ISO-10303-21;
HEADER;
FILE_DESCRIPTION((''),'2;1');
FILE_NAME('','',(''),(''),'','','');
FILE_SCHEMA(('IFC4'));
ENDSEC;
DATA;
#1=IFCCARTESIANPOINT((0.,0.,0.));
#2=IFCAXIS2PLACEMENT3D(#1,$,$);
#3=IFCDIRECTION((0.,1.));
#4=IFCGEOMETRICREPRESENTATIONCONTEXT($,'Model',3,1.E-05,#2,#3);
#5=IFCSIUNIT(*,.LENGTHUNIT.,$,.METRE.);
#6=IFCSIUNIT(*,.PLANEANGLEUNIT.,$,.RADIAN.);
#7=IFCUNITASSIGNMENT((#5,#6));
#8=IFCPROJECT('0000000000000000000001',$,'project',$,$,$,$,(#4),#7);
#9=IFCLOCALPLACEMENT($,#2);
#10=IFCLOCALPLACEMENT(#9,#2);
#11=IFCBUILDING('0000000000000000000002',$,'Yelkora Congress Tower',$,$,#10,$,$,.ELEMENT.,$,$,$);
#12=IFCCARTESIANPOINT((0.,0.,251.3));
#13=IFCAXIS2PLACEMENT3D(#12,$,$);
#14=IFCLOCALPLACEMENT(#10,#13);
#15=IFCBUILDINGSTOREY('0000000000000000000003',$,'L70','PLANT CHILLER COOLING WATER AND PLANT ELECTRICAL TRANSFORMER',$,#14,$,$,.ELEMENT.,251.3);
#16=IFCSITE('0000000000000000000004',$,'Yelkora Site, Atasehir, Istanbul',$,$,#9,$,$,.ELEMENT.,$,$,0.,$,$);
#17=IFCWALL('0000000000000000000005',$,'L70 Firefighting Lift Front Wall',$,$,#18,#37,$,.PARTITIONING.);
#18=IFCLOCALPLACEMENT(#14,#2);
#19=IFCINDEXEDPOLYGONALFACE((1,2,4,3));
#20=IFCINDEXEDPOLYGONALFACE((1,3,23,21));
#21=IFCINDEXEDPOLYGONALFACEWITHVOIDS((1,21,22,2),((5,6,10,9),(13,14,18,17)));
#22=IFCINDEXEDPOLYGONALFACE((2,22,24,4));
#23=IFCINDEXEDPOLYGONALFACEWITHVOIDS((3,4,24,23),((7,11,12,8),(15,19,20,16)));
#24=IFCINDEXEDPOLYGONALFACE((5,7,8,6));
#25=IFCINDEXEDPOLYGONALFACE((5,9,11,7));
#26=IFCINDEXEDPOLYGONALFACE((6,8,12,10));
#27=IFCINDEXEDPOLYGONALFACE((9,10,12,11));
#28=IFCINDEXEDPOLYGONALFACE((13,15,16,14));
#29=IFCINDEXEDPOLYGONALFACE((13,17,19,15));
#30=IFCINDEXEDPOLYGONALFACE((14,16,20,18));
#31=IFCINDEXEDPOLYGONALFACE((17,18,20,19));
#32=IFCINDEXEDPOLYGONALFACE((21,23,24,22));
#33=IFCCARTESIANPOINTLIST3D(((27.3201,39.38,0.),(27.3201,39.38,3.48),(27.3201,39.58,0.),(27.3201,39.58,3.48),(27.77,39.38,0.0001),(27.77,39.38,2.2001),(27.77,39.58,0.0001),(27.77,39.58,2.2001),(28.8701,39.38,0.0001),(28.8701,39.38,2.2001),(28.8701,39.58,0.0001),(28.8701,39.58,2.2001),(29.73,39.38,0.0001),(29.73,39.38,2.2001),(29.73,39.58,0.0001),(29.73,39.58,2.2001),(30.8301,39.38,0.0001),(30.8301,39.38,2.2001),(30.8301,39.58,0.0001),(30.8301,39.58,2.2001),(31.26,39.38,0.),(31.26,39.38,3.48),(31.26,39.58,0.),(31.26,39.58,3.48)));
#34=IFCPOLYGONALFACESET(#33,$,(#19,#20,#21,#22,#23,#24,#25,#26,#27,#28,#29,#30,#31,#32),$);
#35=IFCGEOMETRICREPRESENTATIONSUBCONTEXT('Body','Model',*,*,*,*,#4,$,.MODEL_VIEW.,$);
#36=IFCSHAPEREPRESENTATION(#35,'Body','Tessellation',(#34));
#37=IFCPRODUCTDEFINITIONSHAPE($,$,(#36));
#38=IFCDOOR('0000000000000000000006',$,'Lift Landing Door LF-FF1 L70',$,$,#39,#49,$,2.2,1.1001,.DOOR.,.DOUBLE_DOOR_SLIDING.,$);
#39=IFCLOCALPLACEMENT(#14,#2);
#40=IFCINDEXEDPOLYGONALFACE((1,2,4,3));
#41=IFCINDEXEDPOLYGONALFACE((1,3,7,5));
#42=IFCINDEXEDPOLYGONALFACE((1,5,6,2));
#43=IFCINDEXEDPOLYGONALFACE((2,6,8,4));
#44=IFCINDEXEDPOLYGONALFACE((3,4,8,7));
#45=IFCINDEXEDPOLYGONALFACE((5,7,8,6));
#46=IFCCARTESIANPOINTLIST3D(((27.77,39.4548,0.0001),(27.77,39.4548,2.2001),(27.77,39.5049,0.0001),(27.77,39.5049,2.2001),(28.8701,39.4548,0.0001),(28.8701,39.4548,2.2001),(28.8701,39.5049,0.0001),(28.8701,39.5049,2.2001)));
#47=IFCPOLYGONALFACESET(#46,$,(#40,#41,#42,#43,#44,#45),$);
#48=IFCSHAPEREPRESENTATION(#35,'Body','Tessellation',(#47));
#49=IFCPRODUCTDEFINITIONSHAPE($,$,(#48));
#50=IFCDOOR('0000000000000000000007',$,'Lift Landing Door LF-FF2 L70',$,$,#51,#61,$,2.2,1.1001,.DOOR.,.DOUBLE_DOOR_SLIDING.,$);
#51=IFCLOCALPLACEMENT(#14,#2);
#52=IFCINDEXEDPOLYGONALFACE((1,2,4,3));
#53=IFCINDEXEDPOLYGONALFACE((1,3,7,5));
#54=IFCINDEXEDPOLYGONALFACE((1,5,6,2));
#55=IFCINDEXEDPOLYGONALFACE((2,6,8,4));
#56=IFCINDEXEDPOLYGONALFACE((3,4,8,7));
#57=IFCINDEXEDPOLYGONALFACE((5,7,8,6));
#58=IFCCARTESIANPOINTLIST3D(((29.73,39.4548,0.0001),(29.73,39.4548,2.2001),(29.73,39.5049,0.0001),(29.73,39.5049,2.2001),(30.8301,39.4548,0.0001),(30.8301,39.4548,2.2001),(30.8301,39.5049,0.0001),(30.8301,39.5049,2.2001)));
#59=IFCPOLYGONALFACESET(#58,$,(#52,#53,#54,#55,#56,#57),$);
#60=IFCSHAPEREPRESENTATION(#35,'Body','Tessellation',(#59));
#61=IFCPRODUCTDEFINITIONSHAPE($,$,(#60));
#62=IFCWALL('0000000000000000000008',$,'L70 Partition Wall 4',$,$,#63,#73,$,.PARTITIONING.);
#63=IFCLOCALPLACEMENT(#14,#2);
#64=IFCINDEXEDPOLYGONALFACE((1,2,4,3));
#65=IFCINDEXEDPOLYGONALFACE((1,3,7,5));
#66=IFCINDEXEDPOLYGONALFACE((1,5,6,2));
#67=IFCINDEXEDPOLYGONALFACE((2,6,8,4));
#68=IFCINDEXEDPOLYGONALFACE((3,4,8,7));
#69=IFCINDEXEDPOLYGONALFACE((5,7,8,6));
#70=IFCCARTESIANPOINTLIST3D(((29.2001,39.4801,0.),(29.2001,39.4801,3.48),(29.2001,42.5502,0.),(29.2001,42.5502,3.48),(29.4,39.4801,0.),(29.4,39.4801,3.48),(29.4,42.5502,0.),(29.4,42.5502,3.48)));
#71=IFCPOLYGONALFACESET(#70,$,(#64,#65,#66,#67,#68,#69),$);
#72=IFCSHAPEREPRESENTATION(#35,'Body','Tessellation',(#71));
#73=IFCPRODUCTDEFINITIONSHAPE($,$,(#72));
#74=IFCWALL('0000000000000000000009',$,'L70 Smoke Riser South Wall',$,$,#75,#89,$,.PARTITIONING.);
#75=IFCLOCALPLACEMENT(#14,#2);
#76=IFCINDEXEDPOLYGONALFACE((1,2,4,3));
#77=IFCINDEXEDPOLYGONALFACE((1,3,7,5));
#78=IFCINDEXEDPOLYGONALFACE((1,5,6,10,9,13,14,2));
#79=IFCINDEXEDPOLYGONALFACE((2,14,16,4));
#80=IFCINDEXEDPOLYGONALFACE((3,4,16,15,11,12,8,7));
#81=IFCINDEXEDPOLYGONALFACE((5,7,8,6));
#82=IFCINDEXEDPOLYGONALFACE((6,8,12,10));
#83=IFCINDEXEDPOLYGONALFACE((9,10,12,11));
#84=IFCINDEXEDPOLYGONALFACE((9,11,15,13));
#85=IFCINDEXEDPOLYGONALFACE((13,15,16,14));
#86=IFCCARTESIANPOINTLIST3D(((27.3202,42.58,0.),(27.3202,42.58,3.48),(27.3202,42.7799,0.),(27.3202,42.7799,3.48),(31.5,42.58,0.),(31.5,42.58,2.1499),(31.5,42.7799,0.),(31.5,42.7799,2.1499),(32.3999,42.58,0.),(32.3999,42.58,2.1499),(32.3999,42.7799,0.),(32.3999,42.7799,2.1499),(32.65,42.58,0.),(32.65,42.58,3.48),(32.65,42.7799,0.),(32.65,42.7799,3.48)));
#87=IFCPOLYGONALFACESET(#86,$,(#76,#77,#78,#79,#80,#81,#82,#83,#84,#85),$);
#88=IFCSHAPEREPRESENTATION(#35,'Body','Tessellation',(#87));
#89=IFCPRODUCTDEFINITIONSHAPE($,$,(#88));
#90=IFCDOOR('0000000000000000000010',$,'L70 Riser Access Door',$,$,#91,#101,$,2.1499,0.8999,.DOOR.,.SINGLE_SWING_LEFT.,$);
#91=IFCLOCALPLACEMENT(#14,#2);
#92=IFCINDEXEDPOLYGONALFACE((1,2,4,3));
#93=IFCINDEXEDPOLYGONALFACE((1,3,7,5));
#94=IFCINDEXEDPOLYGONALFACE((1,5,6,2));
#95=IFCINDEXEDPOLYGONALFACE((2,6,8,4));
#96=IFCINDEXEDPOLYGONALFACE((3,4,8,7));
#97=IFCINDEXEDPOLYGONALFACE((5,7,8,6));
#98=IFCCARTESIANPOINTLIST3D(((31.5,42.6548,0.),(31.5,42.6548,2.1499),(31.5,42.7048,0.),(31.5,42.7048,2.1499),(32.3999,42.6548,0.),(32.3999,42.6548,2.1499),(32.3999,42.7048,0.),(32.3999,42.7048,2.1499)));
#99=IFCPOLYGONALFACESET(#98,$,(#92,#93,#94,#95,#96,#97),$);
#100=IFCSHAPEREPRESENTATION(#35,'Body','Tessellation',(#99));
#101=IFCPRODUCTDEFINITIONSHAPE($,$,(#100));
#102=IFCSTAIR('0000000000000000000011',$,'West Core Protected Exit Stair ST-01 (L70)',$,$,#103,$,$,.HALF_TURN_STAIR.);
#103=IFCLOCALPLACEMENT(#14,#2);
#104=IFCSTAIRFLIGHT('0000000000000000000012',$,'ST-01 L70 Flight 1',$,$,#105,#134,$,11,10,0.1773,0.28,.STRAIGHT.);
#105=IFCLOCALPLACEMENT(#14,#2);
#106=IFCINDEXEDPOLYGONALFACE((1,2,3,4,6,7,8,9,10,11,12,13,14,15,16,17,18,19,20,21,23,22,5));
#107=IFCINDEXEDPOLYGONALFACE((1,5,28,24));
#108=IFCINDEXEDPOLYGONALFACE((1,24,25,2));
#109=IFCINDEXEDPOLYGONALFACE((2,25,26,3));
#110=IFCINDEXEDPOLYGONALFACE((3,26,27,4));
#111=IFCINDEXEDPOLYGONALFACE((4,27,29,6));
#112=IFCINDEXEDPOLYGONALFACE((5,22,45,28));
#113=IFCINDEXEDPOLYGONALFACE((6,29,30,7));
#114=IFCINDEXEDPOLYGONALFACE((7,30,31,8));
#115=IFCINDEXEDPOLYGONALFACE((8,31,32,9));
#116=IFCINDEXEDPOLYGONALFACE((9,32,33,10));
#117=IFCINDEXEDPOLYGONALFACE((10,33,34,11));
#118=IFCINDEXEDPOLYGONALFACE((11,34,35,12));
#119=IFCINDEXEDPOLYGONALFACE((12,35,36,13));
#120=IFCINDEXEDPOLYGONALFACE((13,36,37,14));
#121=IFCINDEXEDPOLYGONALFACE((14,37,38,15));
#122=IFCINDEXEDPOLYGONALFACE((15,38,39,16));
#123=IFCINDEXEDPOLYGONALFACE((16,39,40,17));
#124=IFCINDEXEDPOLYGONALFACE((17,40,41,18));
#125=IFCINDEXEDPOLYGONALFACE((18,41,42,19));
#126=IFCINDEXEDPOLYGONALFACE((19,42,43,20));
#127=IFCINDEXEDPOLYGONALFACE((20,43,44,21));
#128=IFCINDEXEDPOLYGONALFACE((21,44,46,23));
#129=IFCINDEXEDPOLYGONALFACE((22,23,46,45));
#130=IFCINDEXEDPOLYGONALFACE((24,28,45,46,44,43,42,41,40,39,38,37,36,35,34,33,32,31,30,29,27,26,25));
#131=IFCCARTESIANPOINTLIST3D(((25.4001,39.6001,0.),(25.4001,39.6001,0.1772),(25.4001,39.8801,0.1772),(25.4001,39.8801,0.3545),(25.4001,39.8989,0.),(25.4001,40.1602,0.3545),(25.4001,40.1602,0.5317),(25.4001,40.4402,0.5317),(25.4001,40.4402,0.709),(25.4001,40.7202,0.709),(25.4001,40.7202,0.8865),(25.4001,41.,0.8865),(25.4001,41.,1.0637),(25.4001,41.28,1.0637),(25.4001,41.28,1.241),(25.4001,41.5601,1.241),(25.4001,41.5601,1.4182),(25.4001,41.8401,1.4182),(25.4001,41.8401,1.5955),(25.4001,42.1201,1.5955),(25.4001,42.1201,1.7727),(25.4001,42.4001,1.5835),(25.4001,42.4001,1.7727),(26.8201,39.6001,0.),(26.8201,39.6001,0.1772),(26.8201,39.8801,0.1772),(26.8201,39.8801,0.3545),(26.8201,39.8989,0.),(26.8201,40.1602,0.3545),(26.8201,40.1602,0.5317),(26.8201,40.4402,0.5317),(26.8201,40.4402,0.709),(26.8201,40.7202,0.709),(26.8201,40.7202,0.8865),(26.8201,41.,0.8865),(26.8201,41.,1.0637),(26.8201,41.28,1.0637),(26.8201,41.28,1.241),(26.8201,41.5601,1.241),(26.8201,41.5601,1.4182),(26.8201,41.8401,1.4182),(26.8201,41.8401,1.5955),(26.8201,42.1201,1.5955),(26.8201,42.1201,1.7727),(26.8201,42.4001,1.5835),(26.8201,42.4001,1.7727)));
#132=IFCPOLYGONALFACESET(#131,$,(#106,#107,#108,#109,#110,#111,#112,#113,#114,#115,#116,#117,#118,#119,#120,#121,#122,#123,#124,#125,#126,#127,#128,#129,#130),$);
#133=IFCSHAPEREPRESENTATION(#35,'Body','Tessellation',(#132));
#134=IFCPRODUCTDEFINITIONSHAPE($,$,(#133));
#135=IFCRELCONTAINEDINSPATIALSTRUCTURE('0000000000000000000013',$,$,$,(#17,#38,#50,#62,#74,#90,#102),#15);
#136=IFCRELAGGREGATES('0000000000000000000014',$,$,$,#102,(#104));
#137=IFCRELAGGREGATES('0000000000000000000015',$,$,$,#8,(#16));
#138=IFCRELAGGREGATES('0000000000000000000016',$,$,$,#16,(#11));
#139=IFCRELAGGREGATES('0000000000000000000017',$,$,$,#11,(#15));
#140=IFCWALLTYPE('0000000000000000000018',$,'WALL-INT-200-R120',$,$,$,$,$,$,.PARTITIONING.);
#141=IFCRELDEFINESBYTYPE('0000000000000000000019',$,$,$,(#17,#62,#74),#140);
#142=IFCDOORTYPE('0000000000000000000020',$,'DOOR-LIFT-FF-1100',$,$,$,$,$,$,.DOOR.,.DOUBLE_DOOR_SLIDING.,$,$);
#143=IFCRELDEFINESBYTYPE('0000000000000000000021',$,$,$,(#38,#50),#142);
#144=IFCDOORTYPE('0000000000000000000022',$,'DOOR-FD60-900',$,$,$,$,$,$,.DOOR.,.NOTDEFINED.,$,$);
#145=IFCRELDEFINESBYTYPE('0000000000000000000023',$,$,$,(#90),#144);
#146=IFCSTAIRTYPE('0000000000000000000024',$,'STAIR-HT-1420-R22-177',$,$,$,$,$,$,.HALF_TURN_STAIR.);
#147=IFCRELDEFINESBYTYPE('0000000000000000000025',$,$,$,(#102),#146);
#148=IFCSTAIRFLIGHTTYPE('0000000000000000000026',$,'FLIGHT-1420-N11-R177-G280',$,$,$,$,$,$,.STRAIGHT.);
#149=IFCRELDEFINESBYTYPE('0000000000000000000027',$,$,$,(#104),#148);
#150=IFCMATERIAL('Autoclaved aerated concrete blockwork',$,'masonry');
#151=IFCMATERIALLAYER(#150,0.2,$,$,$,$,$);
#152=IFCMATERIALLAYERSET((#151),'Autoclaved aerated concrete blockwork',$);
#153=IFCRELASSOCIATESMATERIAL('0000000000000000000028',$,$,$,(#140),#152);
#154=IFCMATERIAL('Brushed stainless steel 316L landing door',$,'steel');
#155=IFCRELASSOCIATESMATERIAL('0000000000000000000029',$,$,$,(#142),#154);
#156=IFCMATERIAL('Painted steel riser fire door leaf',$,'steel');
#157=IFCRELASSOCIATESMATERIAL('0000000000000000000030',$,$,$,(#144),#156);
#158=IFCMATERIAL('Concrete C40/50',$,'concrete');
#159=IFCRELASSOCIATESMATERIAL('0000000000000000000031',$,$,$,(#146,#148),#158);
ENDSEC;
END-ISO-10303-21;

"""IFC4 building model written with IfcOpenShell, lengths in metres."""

from ifc_helpers import new_model, si_unit, direction, frame, frame_2d, origin, place, context, subcontext, project, spatial, polyline, rectangle, outline, extrude, material, layer, layer_set, type_object, element, fill, aggregate, save


model = new_model("IFC4")

# Units and contexts
model_context = context("Model", 3, precision=1e-05, world=origin(), true_north=direction((0.0, 1.0)))
body_context = subcontext(model_context, "Body", "Model", "MODEL_VIEW")
ifc_project = project(units=[si_unit("LENGTHUNIT", "METRE"), si_unit("PLANEANGLEUNIT", "RADIAN")], contexts=[model_context])

# Site, building, storey
site_placement = place(None, origin())
site = spatial("IfcSite", under=ifc_project, at=site_placement, Name="Yelkora Site, Atasehir, Istanbul", CompositionType="ELEMENT", RefElevation=0.0)
building_placement = place(site_placement, origin())
building = spatial("IfcBuilding", under=site, at=building_placement, Name="Yelkora Congress Tower", CompositionType="ELEMENT")
storey_placement = place(building_placement, frame((0.0, 0.0, 251.3)))
storey = spatial("IfcBuildingStorey", under=building, at=storey_placement, Name="L70", Description="PLANT CHILLER COOLING WATER AND PLANT ELECTRICAL TRANSFORMER", CompositionType="ELEMENT", Elevation=251.3)

# Wall, openings, doors
ifc_material_1 = material(Name="Autoclaved aerated concrete blockwork", Category="masonry")
ifc_layer_1 = layer(ifc_material_1, 0.2)
ifc_layer_set_1 = layer_set([ifc_layer_1], Name="Autoclaved aerated concrete blockwork")
wall_type_1 = type_object("IfcWallType", Name="WALL-INT-200-R120", PredefinedType="PARTITIONING", material=ifc_layer_set_1)
wall_1_placement = place(storey_placement, frame((27.3201, 39.48, 0.0), z_axis=(0.0, 0.0, 1.0), x_axis=(1.0, 0.0, 0.0)))
wall_1 = element("IfcWall", 1, at=wall_1_placement, inside=storey, type_object=wall_type_1, Name="L70 Firefighting Lift Front Wall", PredefinedType="PARTITIONING", context=body_context, shape_type="SweptSolid", body=[
    extrude(rectangle(XDim=3.9399, YDim=0.2, at=frame_2d((1.97, 0.0))), origin(), (0.0, 0.0, 1.0), 3.48),
])
opening_1_placement = place(wall_1_placement, frame((0.45, 0.0, 0.0)))
opening_1 = element("IfcOpeningElement", 2, at=opening_1_placement, cuts=wall_1, PredefinedType="OPENING", context=body_context, shape_type="SweptSolid", body=[
    extrude(rectangle(XDim=1.1001, YDim=2.2, at=frame_2d((0.55, 1.1001))), frame((0.0, 0.1099, 0.0), z_axis=(0.0, -1.0, 0.0), x_axis=(1.0, 0.0, 0.0)), (0.0, 0.0, 1.0), 0.22),
])
opening_2_placement = place(wall_1_placement, frame((2.4099, 0.0, 0.0)))
opening_2 = element("IfcOpeningElement", 3, at=opening_2_placement, cuts=wall_1, PredefinedType="OPENING", context=body_context, shape_type="SweptSolid", body=[
    extrude(rectangle(XDim=1.1001, YDim=2.2, at=frame_2d((0.55, 1.1001))), frame((0.0, 0.1099, 0.0), z_axis=(0.0, -1.0, 0.0), x_axis=(1.0, 0.0, 0.0)), (0.0, 0.0, 1.0), 0.22),
])
ifc_material_2 = material(Name="Brushed stainless steel 316L landing door", Category="steel")
door_type_1 = type_object("IfcDoorType", Name="DOOR-LIFT-FF-1100", OperationType="DOUBLE_DOOR_SLIDING", PredefinedType="DOOR", material=ifc_material_2)
door_1_placement = place(opening_1_placement, origin())
door_1 = element("IfcDoor", 4, at=door_1_placement, inside=storey, type_object=door_type_1, Name="Lift Landing Door LF-FF1 L70", OperationType="DOUBLE_DOOR_SLIDING", OverallHeight=2.2, OverallWidth=1.1001, PredefinedType="DOOR", context=body_context, shape_type="SweptSolid", body=[
    extrude(rectangle(XDim=1.1001, YDim=2.2, at=frame_2d((0.55, 1.1001))), frame((0.0, 0.0249, 0.0), z_axis=(0.0, -1.0, 0.0), x_axis=(1.0, 0.0, 0.0)), (0.0, 0.0, 1.0), 0.05),
])
fill(opening_1, door_1)
door_2_placement = place(opening_2_placement, origin())
door_2 = element("IfcDoor", 5, at=door_2_placement, inside=storey, type_object=door_type_1, Name="Lift Landing Door LF-FF2 L70", OperationType="DOUBLE_DOOR_SLIDING", OverallHeight=2.2, OverallWidth=1.1001, PredefinedType="DOOR", context=body_context, shape_type="SweptSolid", body=[
    extrude(rectangle(XDim=1.1001, YDim=2.2, at=frame_2d((0.55, 1.1001))), frame((0.0, 0.0249, 0.0), z_axis=(0.0, -1.0, 0.0), x_axis=(1.0, 0.0, 0.0)), (0.0, 0.0, 1.0), 0.05),
])
fill(opening_2, door_2)

# Wall
wall_2_placement = place(storey_placement, frame((29.3, 39.48, 0.0), z_axis=(0.0, 0.0, 1.0), x_axis=(0.0, 1.0, 0.0)))
element("IfcWall", 6, at=wall_2_placement, inside=storey, type_object=wall_type_1, Name="L70 Partition Wall 4", PredefinedType="PARTITIONING", context=body_context, shape_type="SweptSolid", body=[
    extrude(rectangle(XDim=3.0701, YDim=0.2, at=frame_2d((1.5352, 0.0))), origin(), (0.0, 0.0, 1.0), 3.48),
])

# Wall, opening, door
wall_3_placement = place(storey_placement, frame((27.3201, 42.6799, 0.0), z_axis=(0.0, 0.0, 1.0), x_axis=(1.0, 0.0, 0.0)))
wall_3 = element("IfcWall", 7, at=wall_3_placement, inside=storey, type_object=wall_type_1, Name="L70 Smoke Riser South Wall", PredefinedType="PARTITIONING", context=body_context, shape_type="SweptSolid", body=[
    extrude(rectangle(XDim=5.3298, YDim=0.2, at=frame_2d((2.665, 0.0))), origin(), (0.0, 0.0, 1.0), 3.48),
])
opening_3_placement = place(wall_3_placement, frame((4.1799, 0.0, 0.0)))
opening_3 = element("IfcOpeningElement", 8, at=opening_3_placement, cuts=wall_3, PredefinedType="OPENING", context=body_context, shape_type="SweptSolid", body=[
    extrude(rectangle(XDim=0.8999, YDim=2.1499, at=frame_2d((0.45, 1.075))), frame((0.0, 0.1099, 0.0), z_axis=(0.0, -1.0, 0.0), x_axis=(1.0, 0.0, 0.0)), (0.0, 0.0, 1.0), 0.22),
])
ifc_material_3 = material(Name="Painted steel riser fire door leaf", Category="steel")
door_type_2 = type_object("IfcDoorType", Name="DOOR-FD60-900", OperationType="NOTDEFINED", PredefinedType="DOOR", material=ifc_material_3)
door_3_placement = place(opening_3_placement, origin())
door_3 = element("IfcDoor", 9, at=door_3_placement, inside=storey, type_object=door_type_2, Name="L70 Riser Access Door", OperationType="SINGLE_SWING_LEFT", OverallHeight=2.1499, OverallWidth=0.8999, PredefinedType="DOOR", context=body_context, shape_type="SweptSolid", body=[
    extrude(rectangle(XDim=0.8999, YDim=2.1499, at=frame_2d((0.45, 1.075))), frame((0.0, 0.0249, 0.0), z_axis=(0.0, -1.0, 0.0), x_axis=(1.0, 0.0, 0.0)), (0.0, 0.0, 1.0), 0.05),
])
fill(opening_3, door_3)

# Stair, stair flight
ifc_material_4 = material(Name="Concrete C40/50", Category="concrete")
stair_type = type_object("IfcStairType", Name="STAIR-HT-1420-R22-177", PredefinedType="HALF_TURN_STAIR", material=ifc_material_4)
stair_placement = place(storey_placement, origin())
stair = element("IfcStair", 10, at=stair_placement, inside=storey, type_object=stair_type, Name="West Core Protected Exit Stair ST-01 (L70)", PredefinedType="HALF_TURN_STAIR")
stair_flight_type = type_object("IfcStairFlightType", Name="FLIGHT-1420-N11-R177-G280", PredefinedType="STRAIGHT", material=ifc_material_4)
stair_flight_placement = place(storey_placement, frame((26.1101, 39.6001, 0.0), z_axis=(0.0, 0.0, 1.0), x_axis=(0.0, 1.0, 0.0)))
stair_flight = element("IfcStairFlight", 11, at=stair_flight_placement, type_object=stair_flight_type, Name="ST-01 L70 Flight 1", NumberOfRisers=11, NumberOfTreads=10, PredefinedType="STRAIGHT", RiserHeight=0.1773, TreadLength=0.28, context=body_context, shape_type="SweptSolid", body=[
    extrude(outline(polyline([(0.0, 0.0), (0.0, 0.1772), (0.28, 0.1772), (0.28, 0.3545), (0.5601, 0.3545), (0.5601, 0.5317), (0.8401, 0.5317), (0.8401, 0.709), (1.1201, 0.709), (1.1201, 0.8865), (1.3999, 0.8865), (1.3999, 1.0637), (1.6799, 1.0637), (1.6799, 1.241), (1.96, 1.241), (1.96, 1.4182), (2.24, 1.4182), (2.24, 1.5955), (2.52, 1.5955), (2.52, 1.7727), (2.8, 1.7727), (2.8, 1.95), (2.8, 1.5835), (0.2988, 0.0), (0.0, 0.0)])), frame((0.0, 0.71, 0.0), z_axis=(0.0, -1.0, 0.0), x_axis=(1.0, 0.0, 0.0)), (0.0, 0.0, 1.0), 1.4199),
])
aggregate(stair, [stair_flight])

save(model, "model.ifc")
